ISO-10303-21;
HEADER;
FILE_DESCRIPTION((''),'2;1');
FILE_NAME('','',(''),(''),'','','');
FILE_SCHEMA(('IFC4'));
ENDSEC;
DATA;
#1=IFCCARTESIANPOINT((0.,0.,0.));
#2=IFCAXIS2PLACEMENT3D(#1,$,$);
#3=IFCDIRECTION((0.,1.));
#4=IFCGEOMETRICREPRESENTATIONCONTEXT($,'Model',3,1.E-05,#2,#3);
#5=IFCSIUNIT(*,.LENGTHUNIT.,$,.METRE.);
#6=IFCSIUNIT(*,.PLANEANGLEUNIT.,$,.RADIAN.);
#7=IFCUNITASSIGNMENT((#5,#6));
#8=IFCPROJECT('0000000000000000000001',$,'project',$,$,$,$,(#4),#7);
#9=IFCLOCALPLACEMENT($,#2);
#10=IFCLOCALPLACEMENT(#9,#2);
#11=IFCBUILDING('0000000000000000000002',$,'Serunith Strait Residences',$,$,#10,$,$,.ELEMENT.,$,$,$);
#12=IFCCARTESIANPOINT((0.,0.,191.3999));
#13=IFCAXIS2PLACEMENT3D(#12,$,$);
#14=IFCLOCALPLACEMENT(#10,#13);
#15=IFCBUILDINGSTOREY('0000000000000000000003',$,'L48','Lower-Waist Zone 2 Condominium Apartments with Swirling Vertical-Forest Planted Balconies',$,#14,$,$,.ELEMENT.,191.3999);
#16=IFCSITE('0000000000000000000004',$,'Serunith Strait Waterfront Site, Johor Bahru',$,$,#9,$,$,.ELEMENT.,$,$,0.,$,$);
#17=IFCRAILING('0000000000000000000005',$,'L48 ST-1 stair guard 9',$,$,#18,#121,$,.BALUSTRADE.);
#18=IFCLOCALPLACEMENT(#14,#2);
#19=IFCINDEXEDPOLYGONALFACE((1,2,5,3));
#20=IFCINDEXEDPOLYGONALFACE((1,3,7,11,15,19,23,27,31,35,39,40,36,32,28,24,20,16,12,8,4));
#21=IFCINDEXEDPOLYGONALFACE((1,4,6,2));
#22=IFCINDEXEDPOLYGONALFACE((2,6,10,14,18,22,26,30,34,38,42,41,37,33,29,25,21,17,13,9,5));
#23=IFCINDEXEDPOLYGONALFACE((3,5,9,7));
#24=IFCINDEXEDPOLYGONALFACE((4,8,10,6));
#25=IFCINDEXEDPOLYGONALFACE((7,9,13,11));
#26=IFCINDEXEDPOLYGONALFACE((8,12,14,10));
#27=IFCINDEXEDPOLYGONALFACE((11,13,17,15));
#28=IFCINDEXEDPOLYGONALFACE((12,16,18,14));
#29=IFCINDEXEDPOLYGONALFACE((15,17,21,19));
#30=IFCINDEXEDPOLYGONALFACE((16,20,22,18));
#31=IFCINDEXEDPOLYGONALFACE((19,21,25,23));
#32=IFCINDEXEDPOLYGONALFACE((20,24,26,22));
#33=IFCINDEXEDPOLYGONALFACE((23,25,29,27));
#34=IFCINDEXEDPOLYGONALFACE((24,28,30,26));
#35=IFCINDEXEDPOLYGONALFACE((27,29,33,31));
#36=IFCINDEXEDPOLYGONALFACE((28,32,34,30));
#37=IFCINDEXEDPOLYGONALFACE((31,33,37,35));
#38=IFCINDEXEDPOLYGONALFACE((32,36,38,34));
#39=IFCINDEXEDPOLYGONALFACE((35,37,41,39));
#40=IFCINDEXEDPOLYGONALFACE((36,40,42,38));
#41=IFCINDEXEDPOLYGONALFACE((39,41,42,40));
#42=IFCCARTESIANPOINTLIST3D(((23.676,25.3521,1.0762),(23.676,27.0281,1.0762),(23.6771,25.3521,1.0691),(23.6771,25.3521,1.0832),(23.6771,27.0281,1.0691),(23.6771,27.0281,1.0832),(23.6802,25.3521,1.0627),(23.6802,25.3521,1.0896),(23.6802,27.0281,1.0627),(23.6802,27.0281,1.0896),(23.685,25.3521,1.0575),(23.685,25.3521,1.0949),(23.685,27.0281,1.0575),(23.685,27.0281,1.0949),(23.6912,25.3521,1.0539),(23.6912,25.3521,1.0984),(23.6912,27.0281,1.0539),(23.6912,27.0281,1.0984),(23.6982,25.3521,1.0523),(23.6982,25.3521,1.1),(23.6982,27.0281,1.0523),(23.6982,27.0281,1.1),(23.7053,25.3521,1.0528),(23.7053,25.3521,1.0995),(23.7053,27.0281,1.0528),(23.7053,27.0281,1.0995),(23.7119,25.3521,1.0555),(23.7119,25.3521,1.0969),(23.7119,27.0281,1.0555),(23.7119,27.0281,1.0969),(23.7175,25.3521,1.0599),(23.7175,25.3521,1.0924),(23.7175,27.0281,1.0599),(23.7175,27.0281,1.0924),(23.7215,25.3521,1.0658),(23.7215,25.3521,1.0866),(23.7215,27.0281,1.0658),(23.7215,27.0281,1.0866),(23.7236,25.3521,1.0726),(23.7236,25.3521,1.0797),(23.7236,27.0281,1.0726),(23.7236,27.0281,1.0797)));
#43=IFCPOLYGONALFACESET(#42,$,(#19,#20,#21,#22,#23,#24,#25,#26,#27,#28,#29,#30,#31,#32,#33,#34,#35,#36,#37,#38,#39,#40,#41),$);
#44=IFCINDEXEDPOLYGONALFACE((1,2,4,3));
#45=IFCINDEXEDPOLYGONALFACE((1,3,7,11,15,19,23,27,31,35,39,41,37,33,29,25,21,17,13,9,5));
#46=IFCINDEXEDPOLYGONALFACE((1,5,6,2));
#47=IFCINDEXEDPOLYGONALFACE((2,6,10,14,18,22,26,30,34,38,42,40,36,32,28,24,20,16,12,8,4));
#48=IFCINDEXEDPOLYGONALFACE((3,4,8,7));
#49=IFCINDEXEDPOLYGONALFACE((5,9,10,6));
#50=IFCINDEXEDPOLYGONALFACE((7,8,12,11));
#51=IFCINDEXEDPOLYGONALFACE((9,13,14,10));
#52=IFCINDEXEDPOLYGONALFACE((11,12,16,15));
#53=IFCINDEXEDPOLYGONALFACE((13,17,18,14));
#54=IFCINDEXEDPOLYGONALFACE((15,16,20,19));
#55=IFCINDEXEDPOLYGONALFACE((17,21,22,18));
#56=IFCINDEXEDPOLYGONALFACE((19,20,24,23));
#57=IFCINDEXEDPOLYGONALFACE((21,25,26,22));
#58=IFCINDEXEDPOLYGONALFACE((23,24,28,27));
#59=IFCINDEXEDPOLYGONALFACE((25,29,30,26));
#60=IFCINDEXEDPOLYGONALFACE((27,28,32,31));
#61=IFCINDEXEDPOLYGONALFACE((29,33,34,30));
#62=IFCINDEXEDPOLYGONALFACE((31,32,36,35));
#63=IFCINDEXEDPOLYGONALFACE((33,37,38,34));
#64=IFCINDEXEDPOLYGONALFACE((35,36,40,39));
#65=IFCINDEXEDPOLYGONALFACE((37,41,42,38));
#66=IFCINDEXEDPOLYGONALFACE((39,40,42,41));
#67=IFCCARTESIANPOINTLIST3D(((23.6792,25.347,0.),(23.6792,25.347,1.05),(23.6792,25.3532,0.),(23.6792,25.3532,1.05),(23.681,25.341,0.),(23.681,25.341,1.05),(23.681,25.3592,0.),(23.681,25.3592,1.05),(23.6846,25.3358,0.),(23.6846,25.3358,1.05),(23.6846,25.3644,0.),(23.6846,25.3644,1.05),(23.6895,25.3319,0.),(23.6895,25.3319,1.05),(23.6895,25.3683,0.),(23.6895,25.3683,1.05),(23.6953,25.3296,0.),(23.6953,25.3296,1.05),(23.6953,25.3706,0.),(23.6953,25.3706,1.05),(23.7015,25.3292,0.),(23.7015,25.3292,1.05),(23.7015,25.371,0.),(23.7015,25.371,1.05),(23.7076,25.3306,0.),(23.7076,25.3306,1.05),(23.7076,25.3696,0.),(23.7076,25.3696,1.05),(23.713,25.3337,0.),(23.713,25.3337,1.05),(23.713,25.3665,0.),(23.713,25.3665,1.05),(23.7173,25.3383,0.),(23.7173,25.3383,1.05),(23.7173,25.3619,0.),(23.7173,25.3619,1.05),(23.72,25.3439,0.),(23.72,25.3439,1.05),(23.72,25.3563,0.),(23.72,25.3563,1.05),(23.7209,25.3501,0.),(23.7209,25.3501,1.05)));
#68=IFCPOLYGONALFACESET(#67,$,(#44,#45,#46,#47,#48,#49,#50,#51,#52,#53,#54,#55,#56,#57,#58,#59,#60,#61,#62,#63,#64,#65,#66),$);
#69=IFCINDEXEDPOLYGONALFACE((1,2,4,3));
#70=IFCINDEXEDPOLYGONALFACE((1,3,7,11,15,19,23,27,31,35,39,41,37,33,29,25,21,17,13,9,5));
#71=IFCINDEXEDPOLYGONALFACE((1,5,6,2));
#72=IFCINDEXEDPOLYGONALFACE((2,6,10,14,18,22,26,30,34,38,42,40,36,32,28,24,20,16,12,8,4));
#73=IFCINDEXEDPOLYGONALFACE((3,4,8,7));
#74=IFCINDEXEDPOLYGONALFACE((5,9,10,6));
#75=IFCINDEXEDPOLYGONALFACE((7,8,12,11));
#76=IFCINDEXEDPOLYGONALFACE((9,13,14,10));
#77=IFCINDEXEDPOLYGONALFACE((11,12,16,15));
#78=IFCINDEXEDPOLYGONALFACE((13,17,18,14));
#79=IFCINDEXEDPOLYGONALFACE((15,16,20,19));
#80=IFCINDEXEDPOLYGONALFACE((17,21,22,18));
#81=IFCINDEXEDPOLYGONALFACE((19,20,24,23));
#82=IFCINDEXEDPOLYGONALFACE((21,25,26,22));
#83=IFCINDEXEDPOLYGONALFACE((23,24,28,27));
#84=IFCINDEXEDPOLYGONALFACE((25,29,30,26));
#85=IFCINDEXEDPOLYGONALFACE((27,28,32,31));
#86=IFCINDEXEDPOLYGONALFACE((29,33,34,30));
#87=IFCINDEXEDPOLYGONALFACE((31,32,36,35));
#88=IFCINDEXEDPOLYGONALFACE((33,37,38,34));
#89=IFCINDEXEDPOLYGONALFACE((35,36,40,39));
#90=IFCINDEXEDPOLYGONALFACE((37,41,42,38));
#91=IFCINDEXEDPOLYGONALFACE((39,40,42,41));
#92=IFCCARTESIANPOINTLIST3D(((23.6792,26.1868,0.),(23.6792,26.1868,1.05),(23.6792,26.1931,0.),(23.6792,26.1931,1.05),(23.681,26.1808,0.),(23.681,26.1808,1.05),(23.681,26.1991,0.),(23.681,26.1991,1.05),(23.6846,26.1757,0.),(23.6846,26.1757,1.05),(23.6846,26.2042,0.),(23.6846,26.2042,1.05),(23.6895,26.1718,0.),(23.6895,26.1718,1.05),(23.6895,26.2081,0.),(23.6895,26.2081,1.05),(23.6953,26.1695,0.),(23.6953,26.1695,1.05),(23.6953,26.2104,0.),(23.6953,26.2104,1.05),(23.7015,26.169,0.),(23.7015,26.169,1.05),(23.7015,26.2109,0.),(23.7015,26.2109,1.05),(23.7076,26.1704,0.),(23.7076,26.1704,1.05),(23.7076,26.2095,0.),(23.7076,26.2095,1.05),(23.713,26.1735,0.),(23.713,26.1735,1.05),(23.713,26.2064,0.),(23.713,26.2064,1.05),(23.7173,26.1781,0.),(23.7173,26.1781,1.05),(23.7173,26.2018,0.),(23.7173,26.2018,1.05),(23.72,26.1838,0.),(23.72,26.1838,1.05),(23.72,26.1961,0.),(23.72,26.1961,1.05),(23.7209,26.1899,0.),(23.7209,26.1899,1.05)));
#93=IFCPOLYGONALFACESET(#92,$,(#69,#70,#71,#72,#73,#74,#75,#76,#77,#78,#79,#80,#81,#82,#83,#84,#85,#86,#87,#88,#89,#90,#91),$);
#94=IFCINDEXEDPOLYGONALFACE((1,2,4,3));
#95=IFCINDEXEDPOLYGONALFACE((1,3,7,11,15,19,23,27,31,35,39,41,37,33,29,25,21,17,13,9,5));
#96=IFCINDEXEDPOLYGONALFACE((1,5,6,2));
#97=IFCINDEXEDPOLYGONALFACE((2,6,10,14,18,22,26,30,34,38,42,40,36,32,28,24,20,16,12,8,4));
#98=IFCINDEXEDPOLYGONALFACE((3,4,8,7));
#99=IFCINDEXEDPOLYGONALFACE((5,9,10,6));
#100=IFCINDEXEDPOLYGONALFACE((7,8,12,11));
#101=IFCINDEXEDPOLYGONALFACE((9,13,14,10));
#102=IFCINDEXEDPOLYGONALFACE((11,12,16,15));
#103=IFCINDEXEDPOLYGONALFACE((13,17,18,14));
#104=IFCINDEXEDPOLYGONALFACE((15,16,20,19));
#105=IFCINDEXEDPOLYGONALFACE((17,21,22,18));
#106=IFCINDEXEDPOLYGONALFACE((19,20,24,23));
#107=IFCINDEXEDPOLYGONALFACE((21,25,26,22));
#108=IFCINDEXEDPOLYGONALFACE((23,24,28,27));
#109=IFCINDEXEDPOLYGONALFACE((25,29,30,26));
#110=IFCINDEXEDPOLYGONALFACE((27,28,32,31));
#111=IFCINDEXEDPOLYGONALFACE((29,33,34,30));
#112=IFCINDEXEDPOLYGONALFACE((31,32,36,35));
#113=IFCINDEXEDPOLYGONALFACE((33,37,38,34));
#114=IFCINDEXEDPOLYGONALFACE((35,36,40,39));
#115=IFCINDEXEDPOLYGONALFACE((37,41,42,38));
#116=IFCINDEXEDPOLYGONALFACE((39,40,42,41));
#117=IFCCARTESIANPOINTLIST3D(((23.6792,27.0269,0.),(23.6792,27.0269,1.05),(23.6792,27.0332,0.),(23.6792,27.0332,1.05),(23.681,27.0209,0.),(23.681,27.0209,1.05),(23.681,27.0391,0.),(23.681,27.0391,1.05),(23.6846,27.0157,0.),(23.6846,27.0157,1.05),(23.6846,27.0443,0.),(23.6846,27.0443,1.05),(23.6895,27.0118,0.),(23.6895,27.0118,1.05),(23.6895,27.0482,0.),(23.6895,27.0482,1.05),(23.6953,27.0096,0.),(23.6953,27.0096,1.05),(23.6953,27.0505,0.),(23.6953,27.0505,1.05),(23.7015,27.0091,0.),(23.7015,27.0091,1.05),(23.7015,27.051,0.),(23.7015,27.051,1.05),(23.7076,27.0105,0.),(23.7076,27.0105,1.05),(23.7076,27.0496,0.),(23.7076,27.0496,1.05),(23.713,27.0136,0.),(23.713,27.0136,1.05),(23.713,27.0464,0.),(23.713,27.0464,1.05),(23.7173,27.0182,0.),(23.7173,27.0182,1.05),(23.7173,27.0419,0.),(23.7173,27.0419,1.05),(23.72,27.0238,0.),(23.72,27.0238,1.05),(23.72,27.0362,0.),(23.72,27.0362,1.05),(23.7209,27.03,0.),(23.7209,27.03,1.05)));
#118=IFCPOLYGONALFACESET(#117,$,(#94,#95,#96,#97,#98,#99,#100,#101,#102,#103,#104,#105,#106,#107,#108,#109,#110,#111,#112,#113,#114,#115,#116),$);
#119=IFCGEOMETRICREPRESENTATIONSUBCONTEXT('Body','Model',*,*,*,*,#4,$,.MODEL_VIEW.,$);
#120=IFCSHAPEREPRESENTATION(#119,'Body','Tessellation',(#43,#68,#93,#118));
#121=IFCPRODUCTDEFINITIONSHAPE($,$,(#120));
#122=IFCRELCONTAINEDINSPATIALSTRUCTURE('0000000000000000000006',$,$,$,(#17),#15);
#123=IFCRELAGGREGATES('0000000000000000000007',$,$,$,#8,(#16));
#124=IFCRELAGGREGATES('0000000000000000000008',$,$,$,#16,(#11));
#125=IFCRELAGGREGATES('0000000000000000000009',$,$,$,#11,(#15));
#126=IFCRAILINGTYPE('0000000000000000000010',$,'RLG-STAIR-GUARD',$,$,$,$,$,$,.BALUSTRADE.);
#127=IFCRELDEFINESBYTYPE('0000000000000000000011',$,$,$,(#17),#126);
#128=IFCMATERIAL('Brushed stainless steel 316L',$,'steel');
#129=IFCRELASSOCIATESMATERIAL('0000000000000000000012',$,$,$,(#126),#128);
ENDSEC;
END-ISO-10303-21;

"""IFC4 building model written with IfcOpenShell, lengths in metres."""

from ifc_helpers import new_model, si_unit, direction, frame, origin, origin_2d, place, context, subcontext, project, spatial, circle, extrude, material, type_object, element, save


model = new_model("IFC4")

# Units and contexts
model_context = context("Model", 3, precision=1e-05, world=origin(), true_north=direction((0.0, 1.0)))
body_context = subcontext(model_context, "Body", "Model", "MODEL_VIEW")
ifc_project = project(units=[si_unit("LENGTHUNIT", "METRE"), si_unit("PLANEANGLEUNIT", "RADIAN")], contexts=[model_context])

# Site, building, storey
site_placement = place(None, origin())
site = spatial("IfcSite", under=ifc_project, at=site_placement, Name="Serunith Strait Waterfront Site, Johor Bahru", CompositionType="ELEMENT", RefElevation=0.0)
building_placement = place(site_placement, origin())
building = spatial("IfcBuilding", under=site, at=building_placement, Name="Serunith Strait Residences", CompositionType="ELEMENT")
storey_placement = place(building_placement, frame((0.0, 0.0, 191.3999)))
storey = spatial("IfcBuildingStorey", under=building, at=storey_placement, Name="L48", Description="Lower-Waist Zone 2 Condominium Apartments with Swirling Vertical-Forest Planted Balconies", CompositionType="ELEMENT", Elevation=191.3999)

# Railing
ifc_material_1 = material(Name="Brushed stainless steel 316L", Category="steel")
railing_type_1 = type_object("IfcRailingType", Name="RLG-STAIR-GUARD", PredefinedType="BALUSTRADE", material=ifc_material_1)
for number, where, name in (
    (1, (23.7, 25.3501, 0.0), "L48 ST-1 stair guard 9"),
):
    element("IfcRailing", number, at=place(storey_placement, frame(where)), inside=storey, type_object=railing_type_1, Name=name, PredefinedType="BALUSTRADE", context=body_context, shape_type="SweptSolid", body=[
        extrude(circle(Radius=0.0239, at=origin_2d()), frame((0.0, 0.002, 1.0762), z_axis=(0.0, 1.0, 0.0), x_axis=(-1.0, 0.0, 0.0)), (0.0, 0.0, 1.0), 1.676),
        extrude(circle(Radius=0.021, at=origin_2d()), origin(), (0.0, 0.0, 1.0), 1.05),
        extrude(circle(Radius=0.021, at=origin_2d()), frame((0.0, 0.8398, 0.0)), (0.0, 0.0, 1.0), 1.05),
        extrude(circle(Radius=0.021, at=origin_2d()), frame((0.0, 1.6799, 0.0)), (0.0, 0.0, 1.0), 1.05),
    ])

save(model, "model.ifc")
